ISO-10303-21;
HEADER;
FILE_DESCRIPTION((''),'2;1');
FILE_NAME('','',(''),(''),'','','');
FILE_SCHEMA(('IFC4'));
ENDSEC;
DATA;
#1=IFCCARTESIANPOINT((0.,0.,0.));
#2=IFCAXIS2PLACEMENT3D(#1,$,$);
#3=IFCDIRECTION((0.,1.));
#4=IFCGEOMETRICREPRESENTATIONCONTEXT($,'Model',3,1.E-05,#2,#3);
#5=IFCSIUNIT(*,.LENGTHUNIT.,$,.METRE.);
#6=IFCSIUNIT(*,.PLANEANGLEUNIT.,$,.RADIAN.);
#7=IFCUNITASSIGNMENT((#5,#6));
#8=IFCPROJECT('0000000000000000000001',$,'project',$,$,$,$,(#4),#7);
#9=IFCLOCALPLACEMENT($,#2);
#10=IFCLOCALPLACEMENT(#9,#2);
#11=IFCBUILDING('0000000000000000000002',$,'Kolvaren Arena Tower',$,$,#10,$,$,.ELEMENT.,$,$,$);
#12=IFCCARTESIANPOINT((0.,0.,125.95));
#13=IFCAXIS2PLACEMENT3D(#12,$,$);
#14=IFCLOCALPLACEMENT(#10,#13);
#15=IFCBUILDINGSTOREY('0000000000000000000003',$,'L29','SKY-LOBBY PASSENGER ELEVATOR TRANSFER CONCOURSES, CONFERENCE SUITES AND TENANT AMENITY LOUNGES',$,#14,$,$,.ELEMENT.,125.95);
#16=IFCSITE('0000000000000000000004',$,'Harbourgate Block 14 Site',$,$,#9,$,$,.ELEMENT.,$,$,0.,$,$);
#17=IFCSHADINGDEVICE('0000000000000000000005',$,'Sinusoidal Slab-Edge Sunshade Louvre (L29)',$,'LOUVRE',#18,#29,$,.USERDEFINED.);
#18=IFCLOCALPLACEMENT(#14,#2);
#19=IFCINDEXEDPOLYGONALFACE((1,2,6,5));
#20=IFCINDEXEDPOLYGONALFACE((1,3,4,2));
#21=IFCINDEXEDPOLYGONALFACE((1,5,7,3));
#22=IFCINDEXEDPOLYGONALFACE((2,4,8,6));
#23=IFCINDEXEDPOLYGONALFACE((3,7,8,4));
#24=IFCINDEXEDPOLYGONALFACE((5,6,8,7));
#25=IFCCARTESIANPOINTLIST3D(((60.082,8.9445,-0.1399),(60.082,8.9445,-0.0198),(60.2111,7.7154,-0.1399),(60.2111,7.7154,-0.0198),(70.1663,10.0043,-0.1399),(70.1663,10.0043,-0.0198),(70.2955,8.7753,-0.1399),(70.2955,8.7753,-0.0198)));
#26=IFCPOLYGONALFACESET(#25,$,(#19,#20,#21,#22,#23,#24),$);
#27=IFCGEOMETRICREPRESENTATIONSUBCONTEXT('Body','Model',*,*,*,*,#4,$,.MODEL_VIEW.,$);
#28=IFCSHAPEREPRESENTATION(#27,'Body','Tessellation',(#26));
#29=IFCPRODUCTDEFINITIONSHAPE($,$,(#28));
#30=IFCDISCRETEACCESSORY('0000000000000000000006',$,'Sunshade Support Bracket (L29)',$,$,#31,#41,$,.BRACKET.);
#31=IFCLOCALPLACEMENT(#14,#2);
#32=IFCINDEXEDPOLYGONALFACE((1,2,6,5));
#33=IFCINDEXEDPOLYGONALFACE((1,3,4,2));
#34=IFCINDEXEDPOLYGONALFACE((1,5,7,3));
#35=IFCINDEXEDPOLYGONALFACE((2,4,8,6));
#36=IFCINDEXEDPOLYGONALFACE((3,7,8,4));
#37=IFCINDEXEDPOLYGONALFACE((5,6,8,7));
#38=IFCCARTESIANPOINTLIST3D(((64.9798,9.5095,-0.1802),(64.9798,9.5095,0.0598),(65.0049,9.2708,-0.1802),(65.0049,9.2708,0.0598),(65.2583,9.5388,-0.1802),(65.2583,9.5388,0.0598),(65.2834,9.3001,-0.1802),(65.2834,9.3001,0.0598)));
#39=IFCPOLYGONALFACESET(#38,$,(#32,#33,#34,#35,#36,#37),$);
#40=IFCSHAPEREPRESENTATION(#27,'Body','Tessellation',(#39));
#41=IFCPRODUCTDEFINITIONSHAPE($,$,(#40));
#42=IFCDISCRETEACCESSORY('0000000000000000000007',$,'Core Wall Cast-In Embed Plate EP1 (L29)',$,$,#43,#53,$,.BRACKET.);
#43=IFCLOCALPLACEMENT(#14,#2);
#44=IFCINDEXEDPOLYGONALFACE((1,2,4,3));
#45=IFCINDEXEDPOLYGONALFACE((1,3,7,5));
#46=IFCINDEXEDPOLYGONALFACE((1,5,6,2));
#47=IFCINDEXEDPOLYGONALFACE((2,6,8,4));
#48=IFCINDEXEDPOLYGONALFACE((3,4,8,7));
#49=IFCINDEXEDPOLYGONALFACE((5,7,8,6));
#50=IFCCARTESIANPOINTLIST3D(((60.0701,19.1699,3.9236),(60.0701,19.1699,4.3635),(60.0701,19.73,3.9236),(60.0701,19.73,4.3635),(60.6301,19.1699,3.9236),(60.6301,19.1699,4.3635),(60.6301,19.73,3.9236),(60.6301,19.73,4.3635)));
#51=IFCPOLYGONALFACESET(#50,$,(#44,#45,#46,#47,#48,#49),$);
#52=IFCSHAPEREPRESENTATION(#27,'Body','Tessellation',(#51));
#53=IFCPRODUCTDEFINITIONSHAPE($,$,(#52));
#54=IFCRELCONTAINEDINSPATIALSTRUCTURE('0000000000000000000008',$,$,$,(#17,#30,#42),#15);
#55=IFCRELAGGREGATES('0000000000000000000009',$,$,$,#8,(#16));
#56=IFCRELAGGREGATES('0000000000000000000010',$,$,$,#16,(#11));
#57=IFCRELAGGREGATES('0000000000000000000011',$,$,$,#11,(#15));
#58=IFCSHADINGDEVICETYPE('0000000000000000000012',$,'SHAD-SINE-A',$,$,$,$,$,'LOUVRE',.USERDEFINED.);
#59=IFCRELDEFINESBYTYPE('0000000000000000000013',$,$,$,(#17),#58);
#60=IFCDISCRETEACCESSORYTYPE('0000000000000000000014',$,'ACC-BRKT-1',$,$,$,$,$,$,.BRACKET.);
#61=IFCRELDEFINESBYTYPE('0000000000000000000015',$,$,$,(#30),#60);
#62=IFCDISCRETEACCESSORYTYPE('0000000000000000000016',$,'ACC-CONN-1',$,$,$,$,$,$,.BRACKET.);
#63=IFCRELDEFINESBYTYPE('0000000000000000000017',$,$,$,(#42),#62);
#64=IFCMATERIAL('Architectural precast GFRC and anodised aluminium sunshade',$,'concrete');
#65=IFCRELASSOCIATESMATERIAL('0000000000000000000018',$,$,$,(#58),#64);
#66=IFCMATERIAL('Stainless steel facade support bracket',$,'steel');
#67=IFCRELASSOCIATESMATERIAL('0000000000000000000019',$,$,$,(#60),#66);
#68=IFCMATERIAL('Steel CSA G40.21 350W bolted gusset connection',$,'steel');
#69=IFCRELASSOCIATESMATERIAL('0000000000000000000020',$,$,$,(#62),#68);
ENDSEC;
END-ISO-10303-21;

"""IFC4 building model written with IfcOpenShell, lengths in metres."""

from ifc_helpers import new_model, si_unit, direction, frame, origin, origin_2d, place, context, subcontext, project, spatial, rectangle, extrude, material, type_object, element, save


model = new_model("IFC4")

# Units and contexts
model_context = context("Model", 3, precision=1e-05, world=origin(), true_north=direction((0.0, 1.0)))
body_context = subcontext(model_context, "Body", "Model", "MODEL_VIEW")
ifc_project = project(units=[si_unit("LENGTHUNIT", "METRE"), si_unit("PLANEANGLEUNIT", "RADIAN")], contexts=[model_context])

# Site, building, storey
site_placement = place(None, origin())
site = spatial("IfcSite", under=ifc_project, at=site_placement, Name="Harbourgate Block 14 Site", CompositionType="ELEMENT", RefElevation=0.0)
building_placement = place(site_placement, origin())
building = spatial("IfcBuilding", under=site, at=building_placement, Name="Kolvaren Arena Tower", CompositionType="ELEMENT")
storey_placement = place(building_placement, frame((0.0, 0.0, 125.95)))
storey = spatial("IfcBuildingStorey", under=building, at=storey_placement, Name="L29", Description="SKY-LOBBY PASSENGER ELEVATOR TRANSFER CONCOURSES, CONFERENCE SUITES AND TENANT AMENITY LOUNGES", CompositionType="ELEMENT", Elevation=125.95)

# Shading device
ifc_material_1 = material(Name="Architectural precast GFRC and anodised aluminium sunshade", Category="concrete")
shading_device_type = type_object("IfcShadingDeviceType", Name="SHAD-SINE-A", ElementType="LOUVRE", PredefinedType="USERDEFINED", material=ifc_material_1)
shading_device_placement = place(storey_placement, frame((65.1887, 8.8599, -0.1399), z_axis=(0.0, 0.0, 1.0), x_axis=(-0.994522, -0.104527, 0.0)))
element("IfcShadingDevice", 1, at=shading_device_placement, inside=storey, type_object=shading_device_type, Name="Sinusoidal Slab-Edge Sunshade Louvre (L29)", ObjectType="LOUVRE", PredefinedType="USERDEFINED", context=body_context, shape_type="SweptSolid", body=[
    extrude(rectangle(XDim=10.1399, YDim=1.2358, at=origin_2d()), origin(), (0.0, 0.0, 1.0), 0.1201),
])

# Discrete accessories
ifc_material_2 = material(Name="Stainless steel facade support bracket", Category="steel")
discrete_accessory_type_1 = type_object("IfcDiscreteAccessoryType", Name="ACC-BRKT-1", PredefinedType="BRACKET", material=ifc_material_2)
discrete_accessory_1_placement = place(storey_placement, frame((65.1316, 9.4048, -0.1802), z_axis=(0.0, 0.0, 1.0), x_axis=(-0.994522, -0.104527, 0.0)))
element("IfcDiscreteAccessory", 2, at=discrete_accessory_1_placement, inside=storey, type_object=discrete_accessory_type_1, Name="Sunshade Support Bracket (L29)", PredefinedType="BRACKET", context=body_context, shape_type="SweptSolid", body=[
    extrude(rectangle(XDim=0.28, YDim=0.24, at=origin_2d()), origin(), (0.0, 0.0, 1.0), 0.24),
])
ifc_material_3 = material(Name="Steel CSA G40.21 350W bolted gusset connection", Category="steel")
discrete_accessory_type_2 = type_object("IfcDiscreteAccessoryType", Name="ACC-CONN-1", PredefinedType="BRACKET", material=ifc_material_3)
discrete_accessory_2_placement = place(storey_placement, frame((60.3501, 19.45, 3.9236), z_axis=(0.0, 0.0, 1.0), x_axis=(1.0, 0.0, 0.0)))
element("IfcDiscreteAccessory", 3, at=discrete_accessory_2_placement, inside=storey, type_object=discrete_accessory_type_2, Name="Core Wall Cast-In Embed Plate EP1 (L29)", PredefinedType="BRACKET", context=body_context, shape_type="SweptSolid", body=[
    extrude(rectangle(XDim=0.5601, YDim=0.5601, at=origin_2d()), origin(), (0.0, 0.0, 1.0), 0.4399),
])

save(model, "model.ifc")
